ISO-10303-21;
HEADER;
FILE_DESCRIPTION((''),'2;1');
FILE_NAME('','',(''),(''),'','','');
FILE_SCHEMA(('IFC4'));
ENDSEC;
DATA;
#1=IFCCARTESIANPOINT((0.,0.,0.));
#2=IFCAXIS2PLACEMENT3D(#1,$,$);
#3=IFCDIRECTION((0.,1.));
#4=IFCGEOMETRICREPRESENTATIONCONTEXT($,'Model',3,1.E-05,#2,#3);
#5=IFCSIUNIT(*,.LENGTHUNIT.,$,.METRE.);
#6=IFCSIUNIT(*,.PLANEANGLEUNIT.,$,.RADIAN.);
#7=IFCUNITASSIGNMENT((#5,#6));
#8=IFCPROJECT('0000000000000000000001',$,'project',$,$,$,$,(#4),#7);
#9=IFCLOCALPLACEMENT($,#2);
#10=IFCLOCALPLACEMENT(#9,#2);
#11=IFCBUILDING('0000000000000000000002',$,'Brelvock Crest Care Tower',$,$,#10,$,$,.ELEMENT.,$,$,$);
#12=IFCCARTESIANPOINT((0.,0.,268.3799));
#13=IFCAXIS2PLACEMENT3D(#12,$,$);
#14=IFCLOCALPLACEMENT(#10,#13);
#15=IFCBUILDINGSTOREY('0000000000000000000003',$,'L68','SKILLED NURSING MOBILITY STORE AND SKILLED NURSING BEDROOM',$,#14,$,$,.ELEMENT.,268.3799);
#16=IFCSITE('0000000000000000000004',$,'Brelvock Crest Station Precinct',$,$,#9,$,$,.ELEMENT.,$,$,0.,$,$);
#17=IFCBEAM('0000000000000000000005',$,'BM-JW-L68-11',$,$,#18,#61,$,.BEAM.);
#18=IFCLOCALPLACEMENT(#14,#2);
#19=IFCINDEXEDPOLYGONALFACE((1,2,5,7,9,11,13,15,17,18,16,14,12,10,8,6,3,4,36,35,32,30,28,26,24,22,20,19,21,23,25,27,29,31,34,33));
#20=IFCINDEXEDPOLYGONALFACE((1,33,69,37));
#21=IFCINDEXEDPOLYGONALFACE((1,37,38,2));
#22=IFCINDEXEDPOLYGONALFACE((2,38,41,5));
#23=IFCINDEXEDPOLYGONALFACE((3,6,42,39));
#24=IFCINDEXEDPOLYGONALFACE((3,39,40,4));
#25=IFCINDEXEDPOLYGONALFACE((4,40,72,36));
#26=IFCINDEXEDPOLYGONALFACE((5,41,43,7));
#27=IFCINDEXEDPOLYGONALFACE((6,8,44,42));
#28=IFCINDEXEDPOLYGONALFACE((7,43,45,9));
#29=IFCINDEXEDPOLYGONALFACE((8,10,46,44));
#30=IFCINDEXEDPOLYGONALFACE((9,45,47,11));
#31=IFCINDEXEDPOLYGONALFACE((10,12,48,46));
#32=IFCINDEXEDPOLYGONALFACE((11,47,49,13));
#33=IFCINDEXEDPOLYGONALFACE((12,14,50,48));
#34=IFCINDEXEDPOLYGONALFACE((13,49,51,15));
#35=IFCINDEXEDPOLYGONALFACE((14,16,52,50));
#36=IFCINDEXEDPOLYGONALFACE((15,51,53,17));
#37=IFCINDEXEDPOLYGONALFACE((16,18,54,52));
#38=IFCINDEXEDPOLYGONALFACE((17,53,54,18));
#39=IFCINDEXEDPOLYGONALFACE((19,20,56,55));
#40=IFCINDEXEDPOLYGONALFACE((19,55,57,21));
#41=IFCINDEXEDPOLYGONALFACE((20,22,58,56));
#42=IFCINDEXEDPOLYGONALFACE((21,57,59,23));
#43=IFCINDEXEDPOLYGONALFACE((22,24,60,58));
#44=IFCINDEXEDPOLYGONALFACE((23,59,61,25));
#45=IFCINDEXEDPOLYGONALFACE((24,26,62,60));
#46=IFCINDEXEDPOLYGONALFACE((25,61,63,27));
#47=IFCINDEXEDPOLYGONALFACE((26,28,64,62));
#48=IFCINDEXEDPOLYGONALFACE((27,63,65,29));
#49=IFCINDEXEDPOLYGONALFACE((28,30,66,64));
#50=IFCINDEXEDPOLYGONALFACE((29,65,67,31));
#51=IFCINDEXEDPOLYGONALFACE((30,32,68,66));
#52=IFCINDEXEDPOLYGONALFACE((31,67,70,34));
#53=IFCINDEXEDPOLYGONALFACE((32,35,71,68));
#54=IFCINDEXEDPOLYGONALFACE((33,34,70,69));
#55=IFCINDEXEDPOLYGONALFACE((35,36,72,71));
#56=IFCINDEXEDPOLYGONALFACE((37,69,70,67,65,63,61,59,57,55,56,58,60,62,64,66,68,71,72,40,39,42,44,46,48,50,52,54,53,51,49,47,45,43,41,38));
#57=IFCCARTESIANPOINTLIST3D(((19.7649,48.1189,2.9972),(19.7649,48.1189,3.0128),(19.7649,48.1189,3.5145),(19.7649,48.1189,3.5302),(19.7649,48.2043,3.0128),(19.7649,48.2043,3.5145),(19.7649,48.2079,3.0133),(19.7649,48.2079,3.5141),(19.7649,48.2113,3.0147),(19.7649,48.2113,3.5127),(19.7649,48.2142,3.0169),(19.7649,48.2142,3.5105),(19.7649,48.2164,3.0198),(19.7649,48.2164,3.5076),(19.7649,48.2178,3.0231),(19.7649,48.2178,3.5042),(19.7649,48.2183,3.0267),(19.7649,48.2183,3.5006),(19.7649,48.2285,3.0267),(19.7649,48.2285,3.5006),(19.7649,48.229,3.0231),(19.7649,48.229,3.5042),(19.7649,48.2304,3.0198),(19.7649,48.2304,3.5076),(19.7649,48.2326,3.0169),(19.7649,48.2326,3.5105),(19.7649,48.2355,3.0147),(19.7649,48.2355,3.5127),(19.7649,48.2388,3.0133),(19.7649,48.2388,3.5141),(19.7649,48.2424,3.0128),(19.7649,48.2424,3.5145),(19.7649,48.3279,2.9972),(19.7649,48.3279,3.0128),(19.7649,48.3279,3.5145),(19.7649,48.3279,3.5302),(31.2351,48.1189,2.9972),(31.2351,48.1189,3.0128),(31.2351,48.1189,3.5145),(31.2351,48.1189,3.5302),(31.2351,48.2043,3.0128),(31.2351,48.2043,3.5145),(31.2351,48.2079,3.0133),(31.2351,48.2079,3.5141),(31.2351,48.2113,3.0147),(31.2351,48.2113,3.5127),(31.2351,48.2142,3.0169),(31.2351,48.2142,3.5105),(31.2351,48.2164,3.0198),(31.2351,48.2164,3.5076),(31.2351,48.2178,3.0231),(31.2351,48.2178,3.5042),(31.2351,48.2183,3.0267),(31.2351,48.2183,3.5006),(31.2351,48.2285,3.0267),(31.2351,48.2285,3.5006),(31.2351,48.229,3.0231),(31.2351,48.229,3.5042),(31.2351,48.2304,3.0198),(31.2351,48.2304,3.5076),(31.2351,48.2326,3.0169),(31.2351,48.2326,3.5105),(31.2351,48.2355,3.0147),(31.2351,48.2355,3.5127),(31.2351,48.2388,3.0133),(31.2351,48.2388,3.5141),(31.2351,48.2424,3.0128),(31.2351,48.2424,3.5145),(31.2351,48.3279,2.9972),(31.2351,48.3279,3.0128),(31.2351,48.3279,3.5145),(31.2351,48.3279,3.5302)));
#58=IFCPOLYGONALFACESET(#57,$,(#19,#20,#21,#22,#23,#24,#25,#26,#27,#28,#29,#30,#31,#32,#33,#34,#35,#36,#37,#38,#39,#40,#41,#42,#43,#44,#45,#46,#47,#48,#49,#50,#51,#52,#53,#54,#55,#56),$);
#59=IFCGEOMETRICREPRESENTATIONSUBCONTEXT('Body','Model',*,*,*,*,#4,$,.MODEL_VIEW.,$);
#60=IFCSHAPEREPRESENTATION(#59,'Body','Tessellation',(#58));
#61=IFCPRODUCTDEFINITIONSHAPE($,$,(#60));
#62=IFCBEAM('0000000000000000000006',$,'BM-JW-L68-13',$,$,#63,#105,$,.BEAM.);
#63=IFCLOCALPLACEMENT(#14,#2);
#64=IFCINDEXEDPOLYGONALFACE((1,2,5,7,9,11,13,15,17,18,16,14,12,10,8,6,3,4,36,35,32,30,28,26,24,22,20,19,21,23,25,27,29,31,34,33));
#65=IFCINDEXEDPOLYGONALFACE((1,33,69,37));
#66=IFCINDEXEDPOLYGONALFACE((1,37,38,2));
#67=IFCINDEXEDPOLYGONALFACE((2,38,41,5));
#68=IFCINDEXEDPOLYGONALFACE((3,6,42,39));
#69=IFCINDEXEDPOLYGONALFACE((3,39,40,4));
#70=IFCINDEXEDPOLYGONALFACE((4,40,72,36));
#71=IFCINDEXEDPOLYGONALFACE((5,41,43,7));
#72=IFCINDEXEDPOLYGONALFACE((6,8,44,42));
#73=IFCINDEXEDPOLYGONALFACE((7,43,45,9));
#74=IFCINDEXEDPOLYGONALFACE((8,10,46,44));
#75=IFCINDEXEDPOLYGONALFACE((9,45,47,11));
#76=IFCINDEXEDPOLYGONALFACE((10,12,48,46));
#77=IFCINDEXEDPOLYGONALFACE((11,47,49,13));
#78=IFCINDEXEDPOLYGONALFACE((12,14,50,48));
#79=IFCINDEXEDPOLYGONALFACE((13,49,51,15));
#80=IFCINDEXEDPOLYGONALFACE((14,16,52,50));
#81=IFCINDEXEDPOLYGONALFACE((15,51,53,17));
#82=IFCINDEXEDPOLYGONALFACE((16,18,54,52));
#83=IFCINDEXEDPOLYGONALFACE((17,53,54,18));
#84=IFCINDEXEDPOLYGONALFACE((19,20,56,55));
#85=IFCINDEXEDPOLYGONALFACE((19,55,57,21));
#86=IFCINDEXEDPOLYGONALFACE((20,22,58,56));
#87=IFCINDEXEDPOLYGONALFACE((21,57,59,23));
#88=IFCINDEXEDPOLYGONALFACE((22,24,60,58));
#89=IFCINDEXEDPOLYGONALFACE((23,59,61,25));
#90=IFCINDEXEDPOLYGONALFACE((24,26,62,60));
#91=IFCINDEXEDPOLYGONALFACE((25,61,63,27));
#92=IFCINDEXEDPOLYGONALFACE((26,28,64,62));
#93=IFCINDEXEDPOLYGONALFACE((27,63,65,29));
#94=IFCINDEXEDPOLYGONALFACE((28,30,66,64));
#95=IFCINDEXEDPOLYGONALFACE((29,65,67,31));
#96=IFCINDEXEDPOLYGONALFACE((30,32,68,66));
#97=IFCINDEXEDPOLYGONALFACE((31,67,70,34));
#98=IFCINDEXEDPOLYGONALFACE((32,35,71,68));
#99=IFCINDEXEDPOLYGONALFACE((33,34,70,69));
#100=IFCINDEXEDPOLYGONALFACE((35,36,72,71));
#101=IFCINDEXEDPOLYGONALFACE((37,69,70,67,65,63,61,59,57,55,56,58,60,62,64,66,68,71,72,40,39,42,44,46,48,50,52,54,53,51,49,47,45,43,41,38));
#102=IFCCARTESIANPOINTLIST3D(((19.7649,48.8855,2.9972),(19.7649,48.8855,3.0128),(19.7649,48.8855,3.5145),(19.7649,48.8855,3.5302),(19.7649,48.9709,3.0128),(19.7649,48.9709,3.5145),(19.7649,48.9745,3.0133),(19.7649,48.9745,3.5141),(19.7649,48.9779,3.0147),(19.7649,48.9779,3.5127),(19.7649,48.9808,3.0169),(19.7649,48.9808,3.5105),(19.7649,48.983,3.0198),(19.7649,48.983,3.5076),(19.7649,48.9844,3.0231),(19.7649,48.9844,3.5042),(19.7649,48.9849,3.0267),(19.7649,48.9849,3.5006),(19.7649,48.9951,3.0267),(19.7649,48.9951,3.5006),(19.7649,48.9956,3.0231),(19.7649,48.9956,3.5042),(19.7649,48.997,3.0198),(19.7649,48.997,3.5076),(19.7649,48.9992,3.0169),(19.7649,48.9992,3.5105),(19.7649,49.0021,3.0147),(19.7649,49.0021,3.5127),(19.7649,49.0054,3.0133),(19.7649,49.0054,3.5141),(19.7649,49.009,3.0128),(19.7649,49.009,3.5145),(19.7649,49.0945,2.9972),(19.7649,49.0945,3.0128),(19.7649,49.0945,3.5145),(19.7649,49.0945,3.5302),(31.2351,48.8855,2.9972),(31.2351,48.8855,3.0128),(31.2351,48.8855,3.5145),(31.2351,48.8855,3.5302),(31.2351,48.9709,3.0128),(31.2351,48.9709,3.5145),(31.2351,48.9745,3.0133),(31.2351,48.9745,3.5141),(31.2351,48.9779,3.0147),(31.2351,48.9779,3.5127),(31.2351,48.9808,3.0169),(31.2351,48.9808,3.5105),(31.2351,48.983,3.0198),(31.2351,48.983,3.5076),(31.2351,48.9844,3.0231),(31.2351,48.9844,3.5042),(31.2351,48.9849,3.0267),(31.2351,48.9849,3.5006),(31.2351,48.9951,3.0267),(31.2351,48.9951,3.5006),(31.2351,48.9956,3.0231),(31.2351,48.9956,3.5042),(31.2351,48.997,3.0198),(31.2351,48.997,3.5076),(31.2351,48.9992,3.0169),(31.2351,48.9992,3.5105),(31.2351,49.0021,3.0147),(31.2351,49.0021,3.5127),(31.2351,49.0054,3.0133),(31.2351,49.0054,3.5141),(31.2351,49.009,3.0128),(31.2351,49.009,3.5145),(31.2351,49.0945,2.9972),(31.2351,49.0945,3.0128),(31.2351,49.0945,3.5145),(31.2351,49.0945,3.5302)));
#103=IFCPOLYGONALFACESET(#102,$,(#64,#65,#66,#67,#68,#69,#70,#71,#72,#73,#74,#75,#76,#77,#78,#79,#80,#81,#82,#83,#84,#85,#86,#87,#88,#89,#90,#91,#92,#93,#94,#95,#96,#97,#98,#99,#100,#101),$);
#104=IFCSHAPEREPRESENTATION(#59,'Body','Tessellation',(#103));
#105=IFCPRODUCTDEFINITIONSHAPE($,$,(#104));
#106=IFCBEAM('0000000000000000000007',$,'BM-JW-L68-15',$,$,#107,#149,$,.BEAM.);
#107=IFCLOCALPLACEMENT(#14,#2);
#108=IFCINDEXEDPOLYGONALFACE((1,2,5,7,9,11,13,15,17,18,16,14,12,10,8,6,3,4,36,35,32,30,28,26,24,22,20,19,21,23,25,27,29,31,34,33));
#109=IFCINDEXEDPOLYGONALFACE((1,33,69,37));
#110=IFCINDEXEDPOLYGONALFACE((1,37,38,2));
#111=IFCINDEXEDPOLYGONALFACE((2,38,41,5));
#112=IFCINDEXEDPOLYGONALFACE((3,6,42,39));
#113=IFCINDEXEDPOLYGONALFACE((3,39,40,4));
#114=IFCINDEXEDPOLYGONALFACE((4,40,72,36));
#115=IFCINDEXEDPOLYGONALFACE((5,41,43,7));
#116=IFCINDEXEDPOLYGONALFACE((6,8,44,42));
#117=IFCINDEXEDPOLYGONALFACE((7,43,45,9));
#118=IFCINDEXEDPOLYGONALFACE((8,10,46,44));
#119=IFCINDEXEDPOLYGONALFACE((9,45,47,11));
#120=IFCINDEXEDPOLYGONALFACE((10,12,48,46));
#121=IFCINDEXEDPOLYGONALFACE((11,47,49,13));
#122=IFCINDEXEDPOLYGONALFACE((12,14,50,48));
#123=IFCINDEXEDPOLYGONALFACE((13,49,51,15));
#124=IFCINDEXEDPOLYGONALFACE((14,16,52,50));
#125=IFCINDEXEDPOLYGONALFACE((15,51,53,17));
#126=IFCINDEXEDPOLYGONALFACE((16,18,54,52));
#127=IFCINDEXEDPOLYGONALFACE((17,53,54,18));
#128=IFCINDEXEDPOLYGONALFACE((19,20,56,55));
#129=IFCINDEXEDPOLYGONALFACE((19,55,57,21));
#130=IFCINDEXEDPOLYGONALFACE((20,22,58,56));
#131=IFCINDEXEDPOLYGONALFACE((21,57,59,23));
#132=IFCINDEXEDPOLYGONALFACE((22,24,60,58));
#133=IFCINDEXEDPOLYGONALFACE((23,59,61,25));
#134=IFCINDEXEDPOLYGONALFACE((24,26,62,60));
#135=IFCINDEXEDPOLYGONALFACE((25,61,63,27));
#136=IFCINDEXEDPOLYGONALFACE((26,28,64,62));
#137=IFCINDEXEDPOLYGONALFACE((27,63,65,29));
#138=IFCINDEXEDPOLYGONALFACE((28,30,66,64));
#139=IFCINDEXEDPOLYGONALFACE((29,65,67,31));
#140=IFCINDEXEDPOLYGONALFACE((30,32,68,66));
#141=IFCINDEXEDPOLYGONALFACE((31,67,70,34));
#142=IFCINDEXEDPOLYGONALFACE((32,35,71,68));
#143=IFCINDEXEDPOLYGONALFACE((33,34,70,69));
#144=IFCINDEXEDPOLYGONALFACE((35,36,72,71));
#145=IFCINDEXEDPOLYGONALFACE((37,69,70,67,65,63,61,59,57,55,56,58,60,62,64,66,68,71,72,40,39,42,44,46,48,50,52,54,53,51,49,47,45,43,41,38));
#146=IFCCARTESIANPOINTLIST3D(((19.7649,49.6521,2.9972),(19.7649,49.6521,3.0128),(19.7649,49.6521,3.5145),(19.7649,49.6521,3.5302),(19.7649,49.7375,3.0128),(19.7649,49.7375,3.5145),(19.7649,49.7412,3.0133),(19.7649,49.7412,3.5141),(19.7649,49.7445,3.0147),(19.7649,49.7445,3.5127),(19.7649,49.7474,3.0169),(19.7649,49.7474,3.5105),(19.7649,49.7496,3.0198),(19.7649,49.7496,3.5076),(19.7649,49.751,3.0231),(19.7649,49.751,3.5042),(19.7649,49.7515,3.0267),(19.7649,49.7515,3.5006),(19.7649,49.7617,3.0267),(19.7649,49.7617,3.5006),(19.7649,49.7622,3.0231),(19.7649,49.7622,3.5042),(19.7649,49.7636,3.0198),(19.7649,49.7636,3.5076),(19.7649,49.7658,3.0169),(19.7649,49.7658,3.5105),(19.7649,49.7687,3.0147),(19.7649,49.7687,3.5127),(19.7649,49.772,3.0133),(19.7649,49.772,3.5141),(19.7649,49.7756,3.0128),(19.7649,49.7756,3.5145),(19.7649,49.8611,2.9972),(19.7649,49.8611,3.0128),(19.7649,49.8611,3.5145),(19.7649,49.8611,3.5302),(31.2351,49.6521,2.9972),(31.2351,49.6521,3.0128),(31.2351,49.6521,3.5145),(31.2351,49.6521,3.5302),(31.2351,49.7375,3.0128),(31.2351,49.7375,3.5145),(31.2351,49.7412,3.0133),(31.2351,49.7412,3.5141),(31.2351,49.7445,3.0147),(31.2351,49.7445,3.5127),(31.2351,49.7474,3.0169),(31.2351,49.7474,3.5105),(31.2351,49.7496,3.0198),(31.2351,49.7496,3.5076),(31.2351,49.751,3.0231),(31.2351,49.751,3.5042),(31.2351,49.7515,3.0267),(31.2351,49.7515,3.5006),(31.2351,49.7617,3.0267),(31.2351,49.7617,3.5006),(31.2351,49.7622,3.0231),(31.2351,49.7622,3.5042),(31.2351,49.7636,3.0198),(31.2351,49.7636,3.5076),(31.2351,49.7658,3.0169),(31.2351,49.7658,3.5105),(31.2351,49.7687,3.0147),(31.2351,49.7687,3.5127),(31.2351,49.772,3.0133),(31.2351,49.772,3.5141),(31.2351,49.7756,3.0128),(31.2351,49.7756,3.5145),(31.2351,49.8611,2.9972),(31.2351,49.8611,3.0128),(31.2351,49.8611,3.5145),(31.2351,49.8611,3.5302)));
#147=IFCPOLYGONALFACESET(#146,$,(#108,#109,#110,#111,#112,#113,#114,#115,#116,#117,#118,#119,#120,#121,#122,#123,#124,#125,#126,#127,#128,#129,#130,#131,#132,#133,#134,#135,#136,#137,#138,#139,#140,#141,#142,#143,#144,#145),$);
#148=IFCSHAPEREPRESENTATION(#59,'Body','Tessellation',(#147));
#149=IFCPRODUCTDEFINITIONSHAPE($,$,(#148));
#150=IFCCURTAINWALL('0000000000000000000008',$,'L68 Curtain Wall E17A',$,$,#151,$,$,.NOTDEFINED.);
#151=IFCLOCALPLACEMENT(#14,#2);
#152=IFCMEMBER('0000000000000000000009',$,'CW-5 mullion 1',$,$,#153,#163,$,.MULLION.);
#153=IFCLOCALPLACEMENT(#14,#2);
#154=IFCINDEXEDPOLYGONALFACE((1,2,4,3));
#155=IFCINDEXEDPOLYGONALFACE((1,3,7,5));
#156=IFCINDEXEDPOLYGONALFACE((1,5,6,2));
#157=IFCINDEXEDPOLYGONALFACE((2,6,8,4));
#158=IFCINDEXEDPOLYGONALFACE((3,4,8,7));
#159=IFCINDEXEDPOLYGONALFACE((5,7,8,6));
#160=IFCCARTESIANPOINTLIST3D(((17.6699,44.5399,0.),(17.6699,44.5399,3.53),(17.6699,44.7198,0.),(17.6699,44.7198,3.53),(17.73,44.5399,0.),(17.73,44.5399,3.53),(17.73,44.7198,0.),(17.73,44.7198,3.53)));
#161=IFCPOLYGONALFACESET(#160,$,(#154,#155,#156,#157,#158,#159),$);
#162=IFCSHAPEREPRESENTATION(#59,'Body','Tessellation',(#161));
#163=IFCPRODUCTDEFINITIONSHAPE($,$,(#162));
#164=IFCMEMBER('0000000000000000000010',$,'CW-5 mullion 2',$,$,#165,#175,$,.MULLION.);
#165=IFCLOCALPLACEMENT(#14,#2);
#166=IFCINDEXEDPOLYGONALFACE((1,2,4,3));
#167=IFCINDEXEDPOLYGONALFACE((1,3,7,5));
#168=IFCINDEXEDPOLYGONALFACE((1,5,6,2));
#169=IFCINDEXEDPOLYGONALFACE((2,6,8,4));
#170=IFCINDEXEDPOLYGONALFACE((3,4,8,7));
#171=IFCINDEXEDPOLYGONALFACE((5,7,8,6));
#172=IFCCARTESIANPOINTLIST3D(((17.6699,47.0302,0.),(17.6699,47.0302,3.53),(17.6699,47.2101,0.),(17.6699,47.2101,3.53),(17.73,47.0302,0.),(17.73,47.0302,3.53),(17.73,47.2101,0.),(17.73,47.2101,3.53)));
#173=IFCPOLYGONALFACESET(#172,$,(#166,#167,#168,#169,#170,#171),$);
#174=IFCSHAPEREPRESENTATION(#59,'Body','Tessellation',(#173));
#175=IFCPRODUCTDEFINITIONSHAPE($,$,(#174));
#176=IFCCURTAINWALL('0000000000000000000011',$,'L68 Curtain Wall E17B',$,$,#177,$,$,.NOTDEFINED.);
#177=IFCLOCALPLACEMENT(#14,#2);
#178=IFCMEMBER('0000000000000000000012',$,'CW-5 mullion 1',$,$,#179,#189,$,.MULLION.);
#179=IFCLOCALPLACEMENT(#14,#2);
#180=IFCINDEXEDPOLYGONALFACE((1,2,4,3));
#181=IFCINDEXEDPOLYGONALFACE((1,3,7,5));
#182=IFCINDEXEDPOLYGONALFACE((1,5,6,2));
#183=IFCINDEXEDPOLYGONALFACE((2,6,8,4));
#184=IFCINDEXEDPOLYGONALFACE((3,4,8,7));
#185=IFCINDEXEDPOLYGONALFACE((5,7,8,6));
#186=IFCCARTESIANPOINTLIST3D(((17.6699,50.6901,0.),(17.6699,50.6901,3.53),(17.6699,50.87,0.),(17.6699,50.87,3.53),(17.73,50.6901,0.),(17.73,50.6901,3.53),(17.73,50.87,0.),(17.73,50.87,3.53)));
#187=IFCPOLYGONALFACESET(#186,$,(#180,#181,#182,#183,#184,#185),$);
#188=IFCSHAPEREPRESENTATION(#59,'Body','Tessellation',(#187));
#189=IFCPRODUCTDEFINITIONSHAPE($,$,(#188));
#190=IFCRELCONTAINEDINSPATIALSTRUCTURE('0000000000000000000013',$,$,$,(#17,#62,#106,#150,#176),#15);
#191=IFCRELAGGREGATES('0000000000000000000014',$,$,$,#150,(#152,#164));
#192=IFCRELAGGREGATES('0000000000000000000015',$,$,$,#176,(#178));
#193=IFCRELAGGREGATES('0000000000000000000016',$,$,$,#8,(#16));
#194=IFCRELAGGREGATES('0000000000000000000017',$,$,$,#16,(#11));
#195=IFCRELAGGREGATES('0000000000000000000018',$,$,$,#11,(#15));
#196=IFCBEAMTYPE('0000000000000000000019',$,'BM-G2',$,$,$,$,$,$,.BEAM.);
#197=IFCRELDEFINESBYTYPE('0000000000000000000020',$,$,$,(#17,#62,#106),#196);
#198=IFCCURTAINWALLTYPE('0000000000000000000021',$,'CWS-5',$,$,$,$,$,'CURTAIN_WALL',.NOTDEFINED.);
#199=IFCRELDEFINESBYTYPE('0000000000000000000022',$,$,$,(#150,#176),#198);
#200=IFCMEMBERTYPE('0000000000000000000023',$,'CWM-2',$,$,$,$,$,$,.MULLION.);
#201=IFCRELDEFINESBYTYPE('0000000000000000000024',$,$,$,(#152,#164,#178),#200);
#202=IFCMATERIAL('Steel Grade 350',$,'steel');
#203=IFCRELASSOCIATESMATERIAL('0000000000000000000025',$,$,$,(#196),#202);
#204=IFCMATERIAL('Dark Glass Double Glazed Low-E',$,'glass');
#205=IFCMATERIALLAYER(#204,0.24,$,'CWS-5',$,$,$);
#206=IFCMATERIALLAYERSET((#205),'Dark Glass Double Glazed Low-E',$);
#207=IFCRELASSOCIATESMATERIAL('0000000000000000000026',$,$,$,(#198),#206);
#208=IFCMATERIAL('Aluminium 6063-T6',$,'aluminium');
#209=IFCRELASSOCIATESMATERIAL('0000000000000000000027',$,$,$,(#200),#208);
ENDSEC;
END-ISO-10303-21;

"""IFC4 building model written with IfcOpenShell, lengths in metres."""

from ifc_helpers import new_model, si_unit, direction, frame, origin, origin_2d, place, context, subcontext, project, spatial, rectangle, i_section, extrude, source, transform, mapped, material, layer, layer_set, material_profile, profile_set, type_object, element, aggregate, save


model = new_model("IFC4")

# Units and contexts
model_context = context("Model", 3, precision=1e-05, world=origin(), true_north=direction((0.0, 1.0)))
body_context = subcontext(model_context, "Body", "Model", "MODEL_VIEW")
ifc_project = project(units=[si_unit("LENGTHUNIT", "METRE"), si_unit("PLANEANGLEUNIT", "RADIAN")], contexts=[model_context])

# Site, building, storey
site_placement = place(None, origin())
site = spatial("IfcSite", under=ifc_project, at=site_placement, Name="Brelvock Crest Station Precinct", CompositionType="ELEMENT", RefElevation=0.0)
building_placement = place(site_placement, origin())
building = spatial("IfcBuilding", under=site, at=building_placement, Name="Brelvock Crest Care Tower", CompositionType="ELEMENT")
storey_placement = place(building_placement, frame((0.0, 0.0, 268.3799)))
storey = spatial("IfcBuildingStorey", under=building, at=storey_placement, Name="L68", Description="SKILLED NURSING MOBILITY STORE AND SKILLED NURSING BEDROOM", CompositionType="ELEMENT", Elevation=268.3799)

# Beams
ifc_material_1 = material(Name="Steel Grade 350", Category="steel")
ifc_material_profile_1 = material_profile(ifc_material_1, i_section(OverallWidth=0.209, OverallDepth=0.533, WebThickness=0.0103, FlangeThickness=0.0156, FilletRadius=0.0139, at=origin_2d()), Name="530UB92.4")
ifc_profile_set_1 = profile_set([ifc_material_profile_1], Name="Steel Grade 350")
beam_type_1 = type_object("IfcBeamType", Name="BM-G2", PredefinedType="BEAM", material=ifc_profile_set_1)
shared_shape_1 = source(origin(), body_context, "Body", "SweptSolid", [
    extrude(i_section(OverallWidth=0.209, OverallDepth=0.533, WebThickness=0.0103, FlangeThickness=0.0156, FilletRadius=0.0139, at=origin_2d()), origin(), (0.0, 0.0, 1.0), 11.4702),
])
for number, where, z_axis, x_axis, name in (
    (1, (19.7649, 48.2234, 3.2637), (1.0, 0.0, 0.0), (0.0, 1.0, 0.0), "BM-JW-L68-11"),
    (2, (19.7649, 48.99, 3.2637), (1.0, 0.0, 0.0), (0.0, 1.0, 0.0), "BM-JW-L68-13"),
    (3, (19.7649, 49.7566, 3.2637), (1.0, 0.0, 0.0), (0.0, 1.0, 0.0), "BM-JW-L68-15"),
):
    element("IfcBeam", number, at=place(storey_placement, frame(where, z_axis=z_axis, x_axis=x_axis)), inside=storey, type_object=beam_type_1, Name=name, PredefinedType="BEAM", context=body_context, shape_type="MappedRepresentation", body=[
        mapped(shared_shape_1, transform((0.0, 0.0, 0.0), x_axis=(1.0, 0.0, 0.0), y_axis=(0.0, 1.0, 0.0), z_axis=(0.0, 0.0, 1.0), scale=1.0)),
    ])

# Curtain wall, members
ifc_material_2 = material(Name="Dark Glass Double Glazed Low-E", Category="glass")
ifc_layer_1 = layer(ifc_material_2, 0.24, Name="CWS-5")
ifc_layer_set_1 = layer_set([ifc_layer_1], Name="Dark Glass Double Glazed Low-E")
curtain_wall_type = type_object("IfcCurtainWallType", Name="CWS-5", ElementType="CURTAIN_WALL", PredefinedType="NOTDEFINED", material=ifc_layer_set_1)
curtain_wall_1_placement = place(storey_placement, origin())
curtain_wall_1 = element("IfcCurtainWall", 4, at=curtain_wall_1_placement, inside=storey, type_object=curtain_wall_type, Name="L68 Curtain Wall E17A", PredefinedType="NOTDEFINED")
ifc_material_3 = material(Name="Aluminium 6063-T6", Category="aluminium")
ifc_material_profile_2 = material_profile(ifc_material_3, rectangle(XDim=0.0601, YDim=0.1799, at=origin_2d()), Name="ALU60x180")
ifc_profile_set_2 = profile_set([ifc_material_profile_2], Name="Aluminium 6063-T6")
member_type_1 = type_object("IfcMemberType", Name="CWM-2", PredefinedType="MULLION", material=ifc_profile_set_2)
shared_shape_2 = source(origin(), body_context, "Body", "SweptSolid", [
    extrude(rectangle(XDim=0.0601, YDim=0.1799, at=origin_2d()), origin(), (0.0, 0.0, 1.0), 3.53),
])
member_1_placement = place(storey_placement, frame((17.7, 44.6299, 0.0), z_axis=(0.0, 0.0, 1.0), x_axis=(-1.0, 0.0, 0.0)))
member_1 = element("IfcMember", 5, at=member_1_placement, type_object=member_type_1, Name="CW-5 mullion 1", PredefinedType="MULLION", context=body_context, shape_type="MappedRepresentation", body=[
    mapped(shared_shape_2, transform((0.0, 0.0, 0.0), x_axis=(1.0, 0.0, 0.0), y_axis=(0.0, 1.0, 0.0), z_axis=(0.0, 0.0, 1.0), scale=1.0)),
])
member_2_placement = place(storey_placement, frame((17.7, 47.1201, 0.0), z_axis=(0.0, 0.0, 1.0), x_axis=(-1.0, 0.0, 0.0)))
member_2 = element("IfcMember", 6, at=member_2_placement, type_object=member_type_1, Name="CW-5 mullion 2", PredefinedType="MULLION", context=body_context, shape_type="MappedRepresentation", body=[
    mapped(shared_shape_2, transform((0.0, 0.0, 0.0), x_axis=(1.0, 0.0, 0.0), y_axis=(0.0, 1.0, 0.0), z_axis=(0.0, 0.0, 1.0), scale=1.0)),
])

# Curtain wall, member
curtain_wall_2_placement = place(storey_placement, origin())
curtain_wall_2 = element("IfcCurtainWall", 7, at=curtain_wall_2_placement, inside=storey, type_object=curtain_wall_type, Name="L68 Curtain Wall E17B", PredefinedType="NOTDEFINED")
member_3_placement = place(storey_placement, frame((17.7, 50.78, 0.0), z_axis=(0.0, 0.0, 1.0), x_axis=(-1.0, 0.0, 0.0)))
member_3 = element("IfcMember", 8, at=member_3_placement, type_object=member_type_1, Name="CW-5 mullion 1", PredefinedType="MULLION", context=body_context, shape_type="MappedRepresentation", body=[
    mapped(shared_shape_2, transform((0.0, 0.0, 0.0), x_axis=(1.0, 0.0, 0.0), y_axis=(0.0, 1.0, 0.0), z_axis=(0.0, 0.0, 1.0), scale=1.0)),
])

aggregate(curtain_wall_1, [member_1, member_2])
aggregate(curtain_wall_2, [member_3])

save(model, "model.ifc")
